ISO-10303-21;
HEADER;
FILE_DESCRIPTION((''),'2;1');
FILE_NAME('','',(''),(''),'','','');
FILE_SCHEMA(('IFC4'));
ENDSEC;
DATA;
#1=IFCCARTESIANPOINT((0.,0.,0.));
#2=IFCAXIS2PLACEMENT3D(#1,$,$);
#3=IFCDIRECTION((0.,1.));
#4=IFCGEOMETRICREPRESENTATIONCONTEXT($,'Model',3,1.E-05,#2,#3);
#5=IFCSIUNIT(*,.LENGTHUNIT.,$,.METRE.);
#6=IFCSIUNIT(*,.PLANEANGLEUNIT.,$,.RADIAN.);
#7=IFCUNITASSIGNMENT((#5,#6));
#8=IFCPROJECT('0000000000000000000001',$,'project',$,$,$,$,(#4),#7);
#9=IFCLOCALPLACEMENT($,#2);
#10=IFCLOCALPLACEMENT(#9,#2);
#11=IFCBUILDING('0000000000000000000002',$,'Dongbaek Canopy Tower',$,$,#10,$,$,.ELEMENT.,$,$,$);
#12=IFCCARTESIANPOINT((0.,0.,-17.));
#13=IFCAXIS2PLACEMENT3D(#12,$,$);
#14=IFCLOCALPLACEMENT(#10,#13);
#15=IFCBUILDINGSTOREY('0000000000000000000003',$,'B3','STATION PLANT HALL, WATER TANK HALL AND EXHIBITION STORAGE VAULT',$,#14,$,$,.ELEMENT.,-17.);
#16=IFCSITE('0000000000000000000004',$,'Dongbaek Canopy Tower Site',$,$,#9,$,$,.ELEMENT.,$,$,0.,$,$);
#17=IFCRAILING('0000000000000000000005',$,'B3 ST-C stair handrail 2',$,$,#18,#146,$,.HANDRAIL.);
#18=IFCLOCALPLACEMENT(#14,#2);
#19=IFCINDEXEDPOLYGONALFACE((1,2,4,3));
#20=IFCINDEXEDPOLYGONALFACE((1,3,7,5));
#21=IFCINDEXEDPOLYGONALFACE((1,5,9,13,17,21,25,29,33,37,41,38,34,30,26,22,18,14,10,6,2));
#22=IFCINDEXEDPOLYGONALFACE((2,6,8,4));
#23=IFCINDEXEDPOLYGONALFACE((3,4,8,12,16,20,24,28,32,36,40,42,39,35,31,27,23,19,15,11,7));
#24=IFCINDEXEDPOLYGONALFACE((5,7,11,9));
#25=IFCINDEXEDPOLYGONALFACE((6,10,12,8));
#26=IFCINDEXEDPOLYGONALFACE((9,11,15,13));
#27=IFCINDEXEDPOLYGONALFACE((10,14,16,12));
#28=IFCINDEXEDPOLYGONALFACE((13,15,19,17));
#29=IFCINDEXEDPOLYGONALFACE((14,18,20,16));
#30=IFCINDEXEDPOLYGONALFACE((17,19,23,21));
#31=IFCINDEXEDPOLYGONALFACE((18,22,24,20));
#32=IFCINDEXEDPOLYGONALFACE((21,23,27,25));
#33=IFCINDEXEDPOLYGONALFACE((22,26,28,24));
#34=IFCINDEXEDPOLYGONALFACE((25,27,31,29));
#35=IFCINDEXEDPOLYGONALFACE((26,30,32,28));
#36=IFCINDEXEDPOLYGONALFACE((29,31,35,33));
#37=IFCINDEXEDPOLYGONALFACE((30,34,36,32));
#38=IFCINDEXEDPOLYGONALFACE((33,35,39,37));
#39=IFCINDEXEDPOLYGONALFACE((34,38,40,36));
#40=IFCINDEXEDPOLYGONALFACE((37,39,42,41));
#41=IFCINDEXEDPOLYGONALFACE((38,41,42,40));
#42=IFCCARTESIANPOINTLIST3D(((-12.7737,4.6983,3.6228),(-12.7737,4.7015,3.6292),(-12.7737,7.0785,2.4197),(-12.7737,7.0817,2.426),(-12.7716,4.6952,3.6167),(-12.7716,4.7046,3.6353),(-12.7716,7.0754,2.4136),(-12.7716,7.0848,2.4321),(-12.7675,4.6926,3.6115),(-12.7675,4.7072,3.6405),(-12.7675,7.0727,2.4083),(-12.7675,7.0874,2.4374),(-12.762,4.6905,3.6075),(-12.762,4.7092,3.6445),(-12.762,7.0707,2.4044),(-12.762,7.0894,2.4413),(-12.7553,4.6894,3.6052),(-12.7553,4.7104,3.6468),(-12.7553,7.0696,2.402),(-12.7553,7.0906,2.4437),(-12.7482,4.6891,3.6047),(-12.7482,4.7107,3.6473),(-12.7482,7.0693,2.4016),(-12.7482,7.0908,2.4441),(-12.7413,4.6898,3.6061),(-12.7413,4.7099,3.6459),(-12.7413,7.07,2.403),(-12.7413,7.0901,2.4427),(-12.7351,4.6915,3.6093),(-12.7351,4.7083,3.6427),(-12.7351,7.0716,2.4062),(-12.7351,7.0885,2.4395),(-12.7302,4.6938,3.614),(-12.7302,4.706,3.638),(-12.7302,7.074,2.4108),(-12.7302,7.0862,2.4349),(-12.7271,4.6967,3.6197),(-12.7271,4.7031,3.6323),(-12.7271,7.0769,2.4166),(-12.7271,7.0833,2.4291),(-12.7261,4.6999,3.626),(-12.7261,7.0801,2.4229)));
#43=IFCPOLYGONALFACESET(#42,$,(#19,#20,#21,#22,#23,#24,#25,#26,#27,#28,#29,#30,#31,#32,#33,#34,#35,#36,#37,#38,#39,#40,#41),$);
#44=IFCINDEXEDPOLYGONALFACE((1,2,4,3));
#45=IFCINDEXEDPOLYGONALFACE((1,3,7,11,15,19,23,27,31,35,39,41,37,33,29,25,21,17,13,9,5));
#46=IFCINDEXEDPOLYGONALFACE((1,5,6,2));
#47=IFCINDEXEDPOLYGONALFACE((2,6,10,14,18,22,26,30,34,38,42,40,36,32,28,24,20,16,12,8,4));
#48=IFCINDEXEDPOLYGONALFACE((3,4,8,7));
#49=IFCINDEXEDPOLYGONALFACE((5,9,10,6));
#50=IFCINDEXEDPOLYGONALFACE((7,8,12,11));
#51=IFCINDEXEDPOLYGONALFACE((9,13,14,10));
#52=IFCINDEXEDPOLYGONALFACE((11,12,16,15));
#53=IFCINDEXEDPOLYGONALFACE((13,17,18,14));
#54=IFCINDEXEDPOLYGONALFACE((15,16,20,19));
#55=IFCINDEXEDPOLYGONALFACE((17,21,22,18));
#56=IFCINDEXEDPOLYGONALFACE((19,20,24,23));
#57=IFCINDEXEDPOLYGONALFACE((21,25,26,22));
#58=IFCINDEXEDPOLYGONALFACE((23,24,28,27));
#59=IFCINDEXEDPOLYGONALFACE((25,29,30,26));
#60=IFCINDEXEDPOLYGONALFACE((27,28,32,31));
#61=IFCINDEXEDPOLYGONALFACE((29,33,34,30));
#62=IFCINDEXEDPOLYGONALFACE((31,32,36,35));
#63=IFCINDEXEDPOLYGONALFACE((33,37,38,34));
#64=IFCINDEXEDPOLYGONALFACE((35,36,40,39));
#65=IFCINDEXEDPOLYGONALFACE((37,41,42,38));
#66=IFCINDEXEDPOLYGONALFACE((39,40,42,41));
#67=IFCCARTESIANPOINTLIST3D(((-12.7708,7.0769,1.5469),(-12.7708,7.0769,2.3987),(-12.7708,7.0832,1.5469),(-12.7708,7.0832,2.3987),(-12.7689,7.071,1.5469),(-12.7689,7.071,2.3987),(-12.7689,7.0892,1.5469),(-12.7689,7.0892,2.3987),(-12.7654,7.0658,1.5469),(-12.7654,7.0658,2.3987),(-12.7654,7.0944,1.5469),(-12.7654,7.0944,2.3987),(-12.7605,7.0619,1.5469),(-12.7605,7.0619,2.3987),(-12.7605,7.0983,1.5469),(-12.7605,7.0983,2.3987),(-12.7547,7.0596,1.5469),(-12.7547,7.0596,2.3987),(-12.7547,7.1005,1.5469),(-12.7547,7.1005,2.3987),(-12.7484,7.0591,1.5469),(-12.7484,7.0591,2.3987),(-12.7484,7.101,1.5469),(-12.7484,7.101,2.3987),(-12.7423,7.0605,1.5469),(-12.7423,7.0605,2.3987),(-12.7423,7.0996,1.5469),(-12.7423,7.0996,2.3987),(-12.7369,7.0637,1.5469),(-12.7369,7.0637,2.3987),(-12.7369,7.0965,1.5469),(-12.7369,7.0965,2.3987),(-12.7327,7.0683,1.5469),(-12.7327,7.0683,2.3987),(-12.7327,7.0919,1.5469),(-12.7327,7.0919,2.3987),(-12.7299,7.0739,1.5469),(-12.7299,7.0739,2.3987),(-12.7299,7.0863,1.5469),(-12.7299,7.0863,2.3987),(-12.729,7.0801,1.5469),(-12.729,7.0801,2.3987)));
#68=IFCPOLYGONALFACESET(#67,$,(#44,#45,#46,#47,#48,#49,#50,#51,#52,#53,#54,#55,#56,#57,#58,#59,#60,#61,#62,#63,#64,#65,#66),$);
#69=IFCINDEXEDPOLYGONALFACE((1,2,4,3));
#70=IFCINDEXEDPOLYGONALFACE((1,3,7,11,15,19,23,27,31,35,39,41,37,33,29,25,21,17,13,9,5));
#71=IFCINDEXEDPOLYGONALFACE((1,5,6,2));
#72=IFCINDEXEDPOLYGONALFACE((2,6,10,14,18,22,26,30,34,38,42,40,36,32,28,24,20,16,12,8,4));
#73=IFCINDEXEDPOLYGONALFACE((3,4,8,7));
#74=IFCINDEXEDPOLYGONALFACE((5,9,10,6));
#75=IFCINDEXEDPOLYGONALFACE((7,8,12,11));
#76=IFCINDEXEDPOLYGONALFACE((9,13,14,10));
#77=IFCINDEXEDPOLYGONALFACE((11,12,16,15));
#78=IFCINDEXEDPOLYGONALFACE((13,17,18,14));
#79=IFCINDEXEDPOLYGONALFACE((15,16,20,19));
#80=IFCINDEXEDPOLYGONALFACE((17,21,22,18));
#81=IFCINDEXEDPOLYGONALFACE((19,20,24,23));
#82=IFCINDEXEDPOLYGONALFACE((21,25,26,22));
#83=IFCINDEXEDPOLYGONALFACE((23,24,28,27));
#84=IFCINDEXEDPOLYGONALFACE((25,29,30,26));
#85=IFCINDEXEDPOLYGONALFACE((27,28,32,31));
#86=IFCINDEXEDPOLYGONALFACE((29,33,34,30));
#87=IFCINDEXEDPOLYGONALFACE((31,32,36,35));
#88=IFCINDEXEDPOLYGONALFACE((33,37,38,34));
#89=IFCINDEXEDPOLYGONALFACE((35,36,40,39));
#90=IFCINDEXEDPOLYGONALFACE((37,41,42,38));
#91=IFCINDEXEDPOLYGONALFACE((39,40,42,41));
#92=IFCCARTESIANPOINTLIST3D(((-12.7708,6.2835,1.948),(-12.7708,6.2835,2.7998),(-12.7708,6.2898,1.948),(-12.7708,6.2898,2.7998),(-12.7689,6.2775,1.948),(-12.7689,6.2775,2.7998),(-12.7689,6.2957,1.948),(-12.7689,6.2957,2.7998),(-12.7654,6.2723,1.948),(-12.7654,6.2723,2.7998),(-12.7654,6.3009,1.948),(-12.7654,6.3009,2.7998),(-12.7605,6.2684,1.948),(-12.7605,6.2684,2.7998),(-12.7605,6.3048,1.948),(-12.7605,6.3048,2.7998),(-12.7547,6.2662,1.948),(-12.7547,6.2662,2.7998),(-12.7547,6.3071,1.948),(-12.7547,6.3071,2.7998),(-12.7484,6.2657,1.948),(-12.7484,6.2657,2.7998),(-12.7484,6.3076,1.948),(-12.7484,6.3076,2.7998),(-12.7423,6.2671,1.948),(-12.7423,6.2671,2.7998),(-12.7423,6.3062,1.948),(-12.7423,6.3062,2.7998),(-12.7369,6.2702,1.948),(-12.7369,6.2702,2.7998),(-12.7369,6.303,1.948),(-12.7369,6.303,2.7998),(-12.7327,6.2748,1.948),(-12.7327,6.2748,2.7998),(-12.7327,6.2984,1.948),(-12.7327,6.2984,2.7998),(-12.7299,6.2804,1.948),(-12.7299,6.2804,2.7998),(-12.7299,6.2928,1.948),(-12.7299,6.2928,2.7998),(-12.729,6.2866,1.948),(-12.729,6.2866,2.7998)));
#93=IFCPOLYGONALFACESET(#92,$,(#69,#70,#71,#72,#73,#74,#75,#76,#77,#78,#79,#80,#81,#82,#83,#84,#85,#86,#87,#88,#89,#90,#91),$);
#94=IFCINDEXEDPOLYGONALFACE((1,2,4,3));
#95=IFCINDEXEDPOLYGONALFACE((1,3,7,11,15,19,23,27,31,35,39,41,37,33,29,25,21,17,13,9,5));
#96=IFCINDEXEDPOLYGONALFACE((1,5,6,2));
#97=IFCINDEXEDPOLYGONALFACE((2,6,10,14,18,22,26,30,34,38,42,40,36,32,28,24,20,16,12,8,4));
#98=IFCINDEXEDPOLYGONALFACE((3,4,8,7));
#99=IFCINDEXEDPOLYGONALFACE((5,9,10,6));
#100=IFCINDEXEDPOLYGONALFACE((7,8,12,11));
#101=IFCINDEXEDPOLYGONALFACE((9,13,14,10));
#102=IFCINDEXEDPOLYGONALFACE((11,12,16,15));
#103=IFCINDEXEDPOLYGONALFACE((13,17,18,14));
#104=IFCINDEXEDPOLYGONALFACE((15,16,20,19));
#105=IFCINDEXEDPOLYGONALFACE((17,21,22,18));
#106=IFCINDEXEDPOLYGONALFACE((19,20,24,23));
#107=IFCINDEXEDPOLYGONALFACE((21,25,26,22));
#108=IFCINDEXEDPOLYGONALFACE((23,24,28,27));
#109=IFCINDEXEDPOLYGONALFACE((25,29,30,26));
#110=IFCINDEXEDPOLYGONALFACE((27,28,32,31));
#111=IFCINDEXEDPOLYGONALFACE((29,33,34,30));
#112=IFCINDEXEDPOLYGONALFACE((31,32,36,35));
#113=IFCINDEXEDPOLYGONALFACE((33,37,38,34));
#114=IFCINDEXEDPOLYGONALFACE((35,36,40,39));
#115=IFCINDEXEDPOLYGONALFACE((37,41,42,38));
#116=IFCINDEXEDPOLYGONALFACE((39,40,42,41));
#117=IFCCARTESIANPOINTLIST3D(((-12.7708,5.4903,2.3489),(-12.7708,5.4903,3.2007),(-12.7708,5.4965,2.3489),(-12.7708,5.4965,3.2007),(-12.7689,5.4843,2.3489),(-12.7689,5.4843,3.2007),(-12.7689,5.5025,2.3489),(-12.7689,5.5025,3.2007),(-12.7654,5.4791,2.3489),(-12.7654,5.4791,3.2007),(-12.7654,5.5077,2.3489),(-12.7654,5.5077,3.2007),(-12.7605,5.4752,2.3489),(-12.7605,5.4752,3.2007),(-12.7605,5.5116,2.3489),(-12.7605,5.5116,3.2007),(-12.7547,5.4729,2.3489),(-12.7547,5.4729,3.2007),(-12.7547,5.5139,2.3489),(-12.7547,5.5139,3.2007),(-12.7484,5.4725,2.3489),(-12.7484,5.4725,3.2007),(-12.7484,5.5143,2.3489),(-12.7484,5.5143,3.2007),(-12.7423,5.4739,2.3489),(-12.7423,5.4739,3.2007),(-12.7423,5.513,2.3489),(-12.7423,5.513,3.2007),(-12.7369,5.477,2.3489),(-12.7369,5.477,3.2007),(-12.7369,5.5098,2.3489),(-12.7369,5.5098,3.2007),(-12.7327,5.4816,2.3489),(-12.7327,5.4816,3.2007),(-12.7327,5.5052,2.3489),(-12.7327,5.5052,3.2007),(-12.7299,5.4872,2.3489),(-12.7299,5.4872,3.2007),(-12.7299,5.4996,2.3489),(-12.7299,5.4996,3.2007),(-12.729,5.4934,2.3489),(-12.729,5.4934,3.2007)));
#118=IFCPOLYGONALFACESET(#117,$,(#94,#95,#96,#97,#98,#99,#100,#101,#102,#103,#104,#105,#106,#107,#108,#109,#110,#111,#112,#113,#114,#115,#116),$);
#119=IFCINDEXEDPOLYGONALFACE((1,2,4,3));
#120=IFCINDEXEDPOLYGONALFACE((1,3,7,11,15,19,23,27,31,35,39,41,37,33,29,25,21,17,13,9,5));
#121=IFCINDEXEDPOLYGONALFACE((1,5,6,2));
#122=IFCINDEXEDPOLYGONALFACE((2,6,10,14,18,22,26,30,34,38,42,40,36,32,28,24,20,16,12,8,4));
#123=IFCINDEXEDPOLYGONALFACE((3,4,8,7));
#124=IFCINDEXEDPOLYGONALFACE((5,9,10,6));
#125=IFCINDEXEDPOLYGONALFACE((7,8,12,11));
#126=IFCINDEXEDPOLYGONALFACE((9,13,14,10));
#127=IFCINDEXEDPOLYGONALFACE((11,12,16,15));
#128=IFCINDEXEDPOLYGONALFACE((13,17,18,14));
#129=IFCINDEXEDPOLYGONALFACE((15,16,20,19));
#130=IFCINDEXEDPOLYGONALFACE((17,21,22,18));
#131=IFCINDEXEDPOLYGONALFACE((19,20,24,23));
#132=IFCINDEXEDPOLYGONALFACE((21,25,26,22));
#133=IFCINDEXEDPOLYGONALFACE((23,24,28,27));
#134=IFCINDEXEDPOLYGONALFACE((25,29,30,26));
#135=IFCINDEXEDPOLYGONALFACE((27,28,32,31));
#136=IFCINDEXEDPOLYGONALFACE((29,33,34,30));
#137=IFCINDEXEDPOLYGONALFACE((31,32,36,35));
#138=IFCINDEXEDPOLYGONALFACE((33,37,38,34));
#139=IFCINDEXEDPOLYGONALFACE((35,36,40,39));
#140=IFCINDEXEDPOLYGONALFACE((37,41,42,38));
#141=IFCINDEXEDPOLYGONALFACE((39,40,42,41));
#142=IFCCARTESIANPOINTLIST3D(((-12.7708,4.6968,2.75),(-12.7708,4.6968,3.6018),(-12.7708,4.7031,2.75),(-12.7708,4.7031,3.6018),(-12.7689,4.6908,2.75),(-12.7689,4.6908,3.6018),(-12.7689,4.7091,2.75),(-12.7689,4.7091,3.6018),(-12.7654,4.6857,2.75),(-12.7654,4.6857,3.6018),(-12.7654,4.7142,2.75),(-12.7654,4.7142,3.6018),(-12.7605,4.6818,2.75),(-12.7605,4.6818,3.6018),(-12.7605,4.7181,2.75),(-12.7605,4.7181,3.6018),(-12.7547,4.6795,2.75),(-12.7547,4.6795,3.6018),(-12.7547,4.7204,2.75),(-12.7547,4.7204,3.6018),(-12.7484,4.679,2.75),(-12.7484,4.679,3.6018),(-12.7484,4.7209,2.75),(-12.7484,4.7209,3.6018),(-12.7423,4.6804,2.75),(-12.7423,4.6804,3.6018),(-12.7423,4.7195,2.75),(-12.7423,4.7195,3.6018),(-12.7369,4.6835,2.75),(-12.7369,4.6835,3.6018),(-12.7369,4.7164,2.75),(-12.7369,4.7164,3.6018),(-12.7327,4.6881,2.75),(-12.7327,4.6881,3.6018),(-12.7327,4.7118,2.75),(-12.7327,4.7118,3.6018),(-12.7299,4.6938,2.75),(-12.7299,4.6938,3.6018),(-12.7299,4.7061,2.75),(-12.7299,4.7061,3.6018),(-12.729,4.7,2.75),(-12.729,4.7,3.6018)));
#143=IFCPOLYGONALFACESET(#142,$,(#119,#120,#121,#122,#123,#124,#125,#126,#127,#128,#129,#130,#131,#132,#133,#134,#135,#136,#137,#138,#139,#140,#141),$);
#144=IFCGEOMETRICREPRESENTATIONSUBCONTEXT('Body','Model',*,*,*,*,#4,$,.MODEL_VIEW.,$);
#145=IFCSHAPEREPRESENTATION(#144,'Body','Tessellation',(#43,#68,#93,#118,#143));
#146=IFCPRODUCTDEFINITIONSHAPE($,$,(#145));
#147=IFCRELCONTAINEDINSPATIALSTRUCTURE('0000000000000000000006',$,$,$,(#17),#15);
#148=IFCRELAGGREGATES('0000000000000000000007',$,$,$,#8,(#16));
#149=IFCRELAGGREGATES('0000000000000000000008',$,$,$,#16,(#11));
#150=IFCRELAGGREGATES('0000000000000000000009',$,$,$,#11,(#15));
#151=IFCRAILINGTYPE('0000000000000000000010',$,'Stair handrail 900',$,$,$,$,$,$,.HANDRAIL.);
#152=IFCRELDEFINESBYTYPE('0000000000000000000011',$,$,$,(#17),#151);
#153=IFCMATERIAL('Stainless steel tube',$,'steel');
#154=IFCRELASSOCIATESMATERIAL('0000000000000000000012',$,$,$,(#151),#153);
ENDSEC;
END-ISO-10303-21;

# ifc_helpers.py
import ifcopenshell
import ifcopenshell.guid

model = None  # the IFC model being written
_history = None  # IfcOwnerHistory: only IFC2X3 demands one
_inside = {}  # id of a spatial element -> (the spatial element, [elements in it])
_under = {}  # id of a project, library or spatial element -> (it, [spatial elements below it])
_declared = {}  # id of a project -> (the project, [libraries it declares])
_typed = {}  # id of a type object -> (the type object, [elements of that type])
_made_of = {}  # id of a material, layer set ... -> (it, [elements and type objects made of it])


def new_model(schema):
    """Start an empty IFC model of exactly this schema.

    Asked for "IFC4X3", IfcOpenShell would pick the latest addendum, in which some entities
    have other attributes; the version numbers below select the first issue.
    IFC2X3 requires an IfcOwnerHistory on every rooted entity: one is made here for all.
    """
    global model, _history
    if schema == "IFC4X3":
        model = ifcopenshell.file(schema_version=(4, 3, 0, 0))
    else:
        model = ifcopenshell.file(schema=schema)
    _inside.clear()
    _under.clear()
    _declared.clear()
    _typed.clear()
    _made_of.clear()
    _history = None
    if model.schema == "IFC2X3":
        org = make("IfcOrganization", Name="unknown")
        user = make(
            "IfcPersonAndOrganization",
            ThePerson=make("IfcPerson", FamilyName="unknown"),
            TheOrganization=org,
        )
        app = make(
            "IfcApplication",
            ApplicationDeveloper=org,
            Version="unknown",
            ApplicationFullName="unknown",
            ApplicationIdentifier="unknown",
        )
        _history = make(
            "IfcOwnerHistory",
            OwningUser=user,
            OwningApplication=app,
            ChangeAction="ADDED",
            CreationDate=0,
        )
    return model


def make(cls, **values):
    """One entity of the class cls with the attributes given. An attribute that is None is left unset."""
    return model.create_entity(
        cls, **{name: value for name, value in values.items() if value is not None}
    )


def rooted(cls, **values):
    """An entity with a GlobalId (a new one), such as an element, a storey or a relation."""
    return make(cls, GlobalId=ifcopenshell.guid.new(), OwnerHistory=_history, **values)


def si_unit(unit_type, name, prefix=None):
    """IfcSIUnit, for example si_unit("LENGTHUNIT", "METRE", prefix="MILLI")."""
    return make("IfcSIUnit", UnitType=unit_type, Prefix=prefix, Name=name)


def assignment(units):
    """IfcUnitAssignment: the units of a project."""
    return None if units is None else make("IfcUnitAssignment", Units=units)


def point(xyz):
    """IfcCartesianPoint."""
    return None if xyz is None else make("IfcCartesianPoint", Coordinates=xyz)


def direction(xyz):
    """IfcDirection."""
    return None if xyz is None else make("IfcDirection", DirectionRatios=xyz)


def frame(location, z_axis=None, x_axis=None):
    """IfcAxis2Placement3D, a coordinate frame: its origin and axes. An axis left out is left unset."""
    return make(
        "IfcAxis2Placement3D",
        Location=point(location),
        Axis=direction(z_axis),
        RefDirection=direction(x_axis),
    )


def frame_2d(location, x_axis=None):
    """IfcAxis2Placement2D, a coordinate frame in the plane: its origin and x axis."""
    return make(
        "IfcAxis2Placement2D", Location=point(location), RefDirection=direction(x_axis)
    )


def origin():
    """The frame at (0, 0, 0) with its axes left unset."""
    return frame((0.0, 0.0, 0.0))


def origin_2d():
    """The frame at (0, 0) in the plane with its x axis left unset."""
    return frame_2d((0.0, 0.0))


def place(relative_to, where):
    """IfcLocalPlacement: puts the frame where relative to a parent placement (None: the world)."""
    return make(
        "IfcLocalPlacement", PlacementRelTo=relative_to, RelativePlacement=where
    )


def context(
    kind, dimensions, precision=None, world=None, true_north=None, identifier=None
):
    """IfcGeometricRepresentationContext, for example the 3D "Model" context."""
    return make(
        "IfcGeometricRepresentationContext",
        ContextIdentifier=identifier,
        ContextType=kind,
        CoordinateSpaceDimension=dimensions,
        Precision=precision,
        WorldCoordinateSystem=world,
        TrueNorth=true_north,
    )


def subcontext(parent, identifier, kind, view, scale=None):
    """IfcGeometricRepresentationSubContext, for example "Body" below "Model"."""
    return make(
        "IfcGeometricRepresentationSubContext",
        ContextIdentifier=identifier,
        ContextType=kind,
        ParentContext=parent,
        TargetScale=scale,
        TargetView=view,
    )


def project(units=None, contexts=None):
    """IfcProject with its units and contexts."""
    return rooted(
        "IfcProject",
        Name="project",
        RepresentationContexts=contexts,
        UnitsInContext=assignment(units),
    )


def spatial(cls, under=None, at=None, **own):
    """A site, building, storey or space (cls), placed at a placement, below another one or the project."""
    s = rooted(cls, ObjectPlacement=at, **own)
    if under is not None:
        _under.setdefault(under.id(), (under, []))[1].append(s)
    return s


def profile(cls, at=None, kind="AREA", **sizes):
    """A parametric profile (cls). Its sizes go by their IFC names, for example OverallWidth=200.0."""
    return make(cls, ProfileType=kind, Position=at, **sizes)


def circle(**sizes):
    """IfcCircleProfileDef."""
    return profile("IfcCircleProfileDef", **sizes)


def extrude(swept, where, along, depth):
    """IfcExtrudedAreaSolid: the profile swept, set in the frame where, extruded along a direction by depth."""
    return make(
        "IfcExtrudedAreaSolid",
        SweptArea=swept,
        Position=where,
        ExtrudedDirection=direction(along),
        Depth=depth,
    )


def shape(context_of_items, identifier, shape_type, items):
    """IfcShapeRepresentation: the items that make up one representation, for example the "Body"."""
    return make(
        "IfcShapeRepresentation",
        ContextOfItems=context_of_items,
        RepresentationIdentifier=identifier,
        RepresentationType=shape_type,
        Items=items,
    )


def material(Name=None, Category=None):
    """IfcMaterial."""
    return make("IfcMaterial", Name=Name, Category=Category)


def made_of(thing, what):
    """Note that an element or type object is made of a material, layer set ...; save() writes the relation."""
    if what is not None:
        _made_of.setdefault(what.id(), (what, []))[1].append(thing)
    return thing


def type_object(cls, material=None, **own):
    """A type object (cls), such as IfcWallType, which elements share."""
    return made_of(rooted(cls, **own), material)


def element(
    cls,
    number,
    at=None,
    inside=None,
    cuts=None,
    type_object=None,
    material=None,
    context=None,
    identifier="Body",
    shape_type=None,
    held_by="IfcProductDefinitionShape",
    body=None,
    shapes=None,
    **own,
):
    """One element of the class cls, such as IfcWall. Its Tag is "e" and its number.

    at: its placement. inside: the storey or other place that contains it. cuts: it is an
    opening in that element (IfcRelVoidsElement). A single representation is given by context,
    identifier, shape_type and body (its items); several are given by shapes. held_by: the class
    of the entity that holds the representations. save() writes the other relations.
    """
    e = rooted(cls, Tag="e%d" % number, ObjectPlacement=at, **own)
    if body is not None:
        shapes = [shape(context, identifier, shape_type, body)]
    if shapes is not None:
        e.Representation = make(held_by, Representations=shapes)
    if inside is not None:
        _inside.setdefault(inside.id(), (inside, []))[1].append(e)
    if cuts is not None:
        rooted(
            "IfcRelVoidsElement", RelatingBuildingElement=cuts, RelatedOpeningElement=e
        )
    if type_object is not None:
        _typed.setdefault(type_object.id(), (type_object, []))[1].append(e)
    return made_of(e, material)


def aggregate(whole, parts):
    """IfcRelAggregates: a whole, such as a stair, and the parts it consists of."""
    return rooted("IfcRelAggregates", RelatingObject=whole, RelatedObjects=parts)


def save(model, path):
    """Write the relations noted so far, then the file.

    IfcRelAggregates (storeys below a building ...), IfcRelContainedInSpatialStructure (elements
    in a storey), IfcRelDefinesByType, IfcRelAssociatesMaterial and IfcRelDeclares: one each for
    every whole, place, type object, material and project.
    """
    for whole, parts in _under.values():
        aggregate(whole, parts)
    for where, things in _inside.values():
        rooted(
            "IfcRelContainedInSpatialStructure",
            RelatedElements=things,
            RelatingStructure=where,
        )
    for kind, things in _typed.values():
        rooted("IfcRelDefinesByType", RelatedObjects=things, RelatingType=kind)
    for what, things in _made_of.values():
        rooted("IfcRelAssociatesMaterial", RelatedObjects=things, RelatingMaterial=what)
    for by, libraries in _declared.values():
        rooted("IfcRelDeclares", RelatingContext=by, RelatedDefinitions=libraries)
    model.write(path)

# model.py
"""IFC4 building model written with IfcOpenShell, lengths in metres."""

from ifc_helpers import new_model, si_unit, direction, frame, origin, origin_2d, place, context, subcontext, project, spatial, circle, extrude, material, type_object, element, save


model = new_model("IFC4")

# Units and contexts
model_context = context("Model", 3, precision=1e-05, world=origin(), true_north=direction((0.0, 1.0)))
body_context = subcontext(model_context, "Body", "Model", "MODEL_VIEW")
ifc_project = project(units=[si_unit("LENGTHUNIT", "METRE"), si_unit("PLANEANGLEUNIT", "RADIAN")], contexts=[model_context])

# Site, building, storey
site_placement = place(None, origin())
site = spatial("IfcSite", under=ifc_project, at=site_placement, Name="Dongbaek Canopy Tower Site", CompositionType="ELEMENT", RefElevation=0.0)
building_placement = place(site_placement, origin())
building = spatial("IfcBuilding", under=site, at=building_placement, Name="Dongbaek Canopy Tower", CompositionType="ELEMENT")
storey_placement = place(building_placement, frame((0.0, 0.0, -17.0)))
storey = spatial("IfcBuildingStorey", under=building, at=storey_placement, Name="B3", Description="STATION PLANT HALL, WATER TANK HALL AND EXHIBITION STORAGE VAULT", CompositionType="ELEMENT", Elevation=-17.0)

# Railing
ifc_material_1 = material(Name="Stainless steel tube", Category="steel")
railing_type_1 = type_object("IfcRailingType", Name="Stair handrail 900", PredefinedType="HANDRAIL", material=ifc_material_1)
for number, where, name in (
    (1, (-12.75, 7.0801, 1.5469), "B3 ST-C stair handrail 2"),
):
    element("IfcRailing", number, at=place(storey_placement, frame(where)), inside=storey, type_object=railing_type_1, Name=name, PredefinedType="HANDRAIL", context=body_context, shape_type="SweptSolid", body=[
        extrude(circle(Radius=0.0239, at=origin_2d()), frame((0.0, 0.0, 0.876), z_axis=(0.0, -0.89246, 0.451127), x_axis=(1.0, 0.0, 0.0)), (0.0, 0.0, 1.0), 2.667),
        extrude(circle(Radius=0.021, at=origin_2d()), origin(), (0.0, 0.0, 1.0), 0.8518),
        extrude(circle(Radius=0.021, at=origin_2d()), frame((0.0, -0.7935, 0.4011)), (0.0, 0.0, 1.0), 0.8518),
        extrude(circle(Radius=0.021, at=origin_2d()), frame((0.0, -1.5867, 0.802)), (0.0, 0.0, 1.0), 0.8518),
        extrude(circle(Radius=0.021, at=origin_2d()), frame((0.0, -2.3801, 1.2031)), (0.0, 0.0, 1.0), 0.8518),
    ])

save(model, "model.ifc")
